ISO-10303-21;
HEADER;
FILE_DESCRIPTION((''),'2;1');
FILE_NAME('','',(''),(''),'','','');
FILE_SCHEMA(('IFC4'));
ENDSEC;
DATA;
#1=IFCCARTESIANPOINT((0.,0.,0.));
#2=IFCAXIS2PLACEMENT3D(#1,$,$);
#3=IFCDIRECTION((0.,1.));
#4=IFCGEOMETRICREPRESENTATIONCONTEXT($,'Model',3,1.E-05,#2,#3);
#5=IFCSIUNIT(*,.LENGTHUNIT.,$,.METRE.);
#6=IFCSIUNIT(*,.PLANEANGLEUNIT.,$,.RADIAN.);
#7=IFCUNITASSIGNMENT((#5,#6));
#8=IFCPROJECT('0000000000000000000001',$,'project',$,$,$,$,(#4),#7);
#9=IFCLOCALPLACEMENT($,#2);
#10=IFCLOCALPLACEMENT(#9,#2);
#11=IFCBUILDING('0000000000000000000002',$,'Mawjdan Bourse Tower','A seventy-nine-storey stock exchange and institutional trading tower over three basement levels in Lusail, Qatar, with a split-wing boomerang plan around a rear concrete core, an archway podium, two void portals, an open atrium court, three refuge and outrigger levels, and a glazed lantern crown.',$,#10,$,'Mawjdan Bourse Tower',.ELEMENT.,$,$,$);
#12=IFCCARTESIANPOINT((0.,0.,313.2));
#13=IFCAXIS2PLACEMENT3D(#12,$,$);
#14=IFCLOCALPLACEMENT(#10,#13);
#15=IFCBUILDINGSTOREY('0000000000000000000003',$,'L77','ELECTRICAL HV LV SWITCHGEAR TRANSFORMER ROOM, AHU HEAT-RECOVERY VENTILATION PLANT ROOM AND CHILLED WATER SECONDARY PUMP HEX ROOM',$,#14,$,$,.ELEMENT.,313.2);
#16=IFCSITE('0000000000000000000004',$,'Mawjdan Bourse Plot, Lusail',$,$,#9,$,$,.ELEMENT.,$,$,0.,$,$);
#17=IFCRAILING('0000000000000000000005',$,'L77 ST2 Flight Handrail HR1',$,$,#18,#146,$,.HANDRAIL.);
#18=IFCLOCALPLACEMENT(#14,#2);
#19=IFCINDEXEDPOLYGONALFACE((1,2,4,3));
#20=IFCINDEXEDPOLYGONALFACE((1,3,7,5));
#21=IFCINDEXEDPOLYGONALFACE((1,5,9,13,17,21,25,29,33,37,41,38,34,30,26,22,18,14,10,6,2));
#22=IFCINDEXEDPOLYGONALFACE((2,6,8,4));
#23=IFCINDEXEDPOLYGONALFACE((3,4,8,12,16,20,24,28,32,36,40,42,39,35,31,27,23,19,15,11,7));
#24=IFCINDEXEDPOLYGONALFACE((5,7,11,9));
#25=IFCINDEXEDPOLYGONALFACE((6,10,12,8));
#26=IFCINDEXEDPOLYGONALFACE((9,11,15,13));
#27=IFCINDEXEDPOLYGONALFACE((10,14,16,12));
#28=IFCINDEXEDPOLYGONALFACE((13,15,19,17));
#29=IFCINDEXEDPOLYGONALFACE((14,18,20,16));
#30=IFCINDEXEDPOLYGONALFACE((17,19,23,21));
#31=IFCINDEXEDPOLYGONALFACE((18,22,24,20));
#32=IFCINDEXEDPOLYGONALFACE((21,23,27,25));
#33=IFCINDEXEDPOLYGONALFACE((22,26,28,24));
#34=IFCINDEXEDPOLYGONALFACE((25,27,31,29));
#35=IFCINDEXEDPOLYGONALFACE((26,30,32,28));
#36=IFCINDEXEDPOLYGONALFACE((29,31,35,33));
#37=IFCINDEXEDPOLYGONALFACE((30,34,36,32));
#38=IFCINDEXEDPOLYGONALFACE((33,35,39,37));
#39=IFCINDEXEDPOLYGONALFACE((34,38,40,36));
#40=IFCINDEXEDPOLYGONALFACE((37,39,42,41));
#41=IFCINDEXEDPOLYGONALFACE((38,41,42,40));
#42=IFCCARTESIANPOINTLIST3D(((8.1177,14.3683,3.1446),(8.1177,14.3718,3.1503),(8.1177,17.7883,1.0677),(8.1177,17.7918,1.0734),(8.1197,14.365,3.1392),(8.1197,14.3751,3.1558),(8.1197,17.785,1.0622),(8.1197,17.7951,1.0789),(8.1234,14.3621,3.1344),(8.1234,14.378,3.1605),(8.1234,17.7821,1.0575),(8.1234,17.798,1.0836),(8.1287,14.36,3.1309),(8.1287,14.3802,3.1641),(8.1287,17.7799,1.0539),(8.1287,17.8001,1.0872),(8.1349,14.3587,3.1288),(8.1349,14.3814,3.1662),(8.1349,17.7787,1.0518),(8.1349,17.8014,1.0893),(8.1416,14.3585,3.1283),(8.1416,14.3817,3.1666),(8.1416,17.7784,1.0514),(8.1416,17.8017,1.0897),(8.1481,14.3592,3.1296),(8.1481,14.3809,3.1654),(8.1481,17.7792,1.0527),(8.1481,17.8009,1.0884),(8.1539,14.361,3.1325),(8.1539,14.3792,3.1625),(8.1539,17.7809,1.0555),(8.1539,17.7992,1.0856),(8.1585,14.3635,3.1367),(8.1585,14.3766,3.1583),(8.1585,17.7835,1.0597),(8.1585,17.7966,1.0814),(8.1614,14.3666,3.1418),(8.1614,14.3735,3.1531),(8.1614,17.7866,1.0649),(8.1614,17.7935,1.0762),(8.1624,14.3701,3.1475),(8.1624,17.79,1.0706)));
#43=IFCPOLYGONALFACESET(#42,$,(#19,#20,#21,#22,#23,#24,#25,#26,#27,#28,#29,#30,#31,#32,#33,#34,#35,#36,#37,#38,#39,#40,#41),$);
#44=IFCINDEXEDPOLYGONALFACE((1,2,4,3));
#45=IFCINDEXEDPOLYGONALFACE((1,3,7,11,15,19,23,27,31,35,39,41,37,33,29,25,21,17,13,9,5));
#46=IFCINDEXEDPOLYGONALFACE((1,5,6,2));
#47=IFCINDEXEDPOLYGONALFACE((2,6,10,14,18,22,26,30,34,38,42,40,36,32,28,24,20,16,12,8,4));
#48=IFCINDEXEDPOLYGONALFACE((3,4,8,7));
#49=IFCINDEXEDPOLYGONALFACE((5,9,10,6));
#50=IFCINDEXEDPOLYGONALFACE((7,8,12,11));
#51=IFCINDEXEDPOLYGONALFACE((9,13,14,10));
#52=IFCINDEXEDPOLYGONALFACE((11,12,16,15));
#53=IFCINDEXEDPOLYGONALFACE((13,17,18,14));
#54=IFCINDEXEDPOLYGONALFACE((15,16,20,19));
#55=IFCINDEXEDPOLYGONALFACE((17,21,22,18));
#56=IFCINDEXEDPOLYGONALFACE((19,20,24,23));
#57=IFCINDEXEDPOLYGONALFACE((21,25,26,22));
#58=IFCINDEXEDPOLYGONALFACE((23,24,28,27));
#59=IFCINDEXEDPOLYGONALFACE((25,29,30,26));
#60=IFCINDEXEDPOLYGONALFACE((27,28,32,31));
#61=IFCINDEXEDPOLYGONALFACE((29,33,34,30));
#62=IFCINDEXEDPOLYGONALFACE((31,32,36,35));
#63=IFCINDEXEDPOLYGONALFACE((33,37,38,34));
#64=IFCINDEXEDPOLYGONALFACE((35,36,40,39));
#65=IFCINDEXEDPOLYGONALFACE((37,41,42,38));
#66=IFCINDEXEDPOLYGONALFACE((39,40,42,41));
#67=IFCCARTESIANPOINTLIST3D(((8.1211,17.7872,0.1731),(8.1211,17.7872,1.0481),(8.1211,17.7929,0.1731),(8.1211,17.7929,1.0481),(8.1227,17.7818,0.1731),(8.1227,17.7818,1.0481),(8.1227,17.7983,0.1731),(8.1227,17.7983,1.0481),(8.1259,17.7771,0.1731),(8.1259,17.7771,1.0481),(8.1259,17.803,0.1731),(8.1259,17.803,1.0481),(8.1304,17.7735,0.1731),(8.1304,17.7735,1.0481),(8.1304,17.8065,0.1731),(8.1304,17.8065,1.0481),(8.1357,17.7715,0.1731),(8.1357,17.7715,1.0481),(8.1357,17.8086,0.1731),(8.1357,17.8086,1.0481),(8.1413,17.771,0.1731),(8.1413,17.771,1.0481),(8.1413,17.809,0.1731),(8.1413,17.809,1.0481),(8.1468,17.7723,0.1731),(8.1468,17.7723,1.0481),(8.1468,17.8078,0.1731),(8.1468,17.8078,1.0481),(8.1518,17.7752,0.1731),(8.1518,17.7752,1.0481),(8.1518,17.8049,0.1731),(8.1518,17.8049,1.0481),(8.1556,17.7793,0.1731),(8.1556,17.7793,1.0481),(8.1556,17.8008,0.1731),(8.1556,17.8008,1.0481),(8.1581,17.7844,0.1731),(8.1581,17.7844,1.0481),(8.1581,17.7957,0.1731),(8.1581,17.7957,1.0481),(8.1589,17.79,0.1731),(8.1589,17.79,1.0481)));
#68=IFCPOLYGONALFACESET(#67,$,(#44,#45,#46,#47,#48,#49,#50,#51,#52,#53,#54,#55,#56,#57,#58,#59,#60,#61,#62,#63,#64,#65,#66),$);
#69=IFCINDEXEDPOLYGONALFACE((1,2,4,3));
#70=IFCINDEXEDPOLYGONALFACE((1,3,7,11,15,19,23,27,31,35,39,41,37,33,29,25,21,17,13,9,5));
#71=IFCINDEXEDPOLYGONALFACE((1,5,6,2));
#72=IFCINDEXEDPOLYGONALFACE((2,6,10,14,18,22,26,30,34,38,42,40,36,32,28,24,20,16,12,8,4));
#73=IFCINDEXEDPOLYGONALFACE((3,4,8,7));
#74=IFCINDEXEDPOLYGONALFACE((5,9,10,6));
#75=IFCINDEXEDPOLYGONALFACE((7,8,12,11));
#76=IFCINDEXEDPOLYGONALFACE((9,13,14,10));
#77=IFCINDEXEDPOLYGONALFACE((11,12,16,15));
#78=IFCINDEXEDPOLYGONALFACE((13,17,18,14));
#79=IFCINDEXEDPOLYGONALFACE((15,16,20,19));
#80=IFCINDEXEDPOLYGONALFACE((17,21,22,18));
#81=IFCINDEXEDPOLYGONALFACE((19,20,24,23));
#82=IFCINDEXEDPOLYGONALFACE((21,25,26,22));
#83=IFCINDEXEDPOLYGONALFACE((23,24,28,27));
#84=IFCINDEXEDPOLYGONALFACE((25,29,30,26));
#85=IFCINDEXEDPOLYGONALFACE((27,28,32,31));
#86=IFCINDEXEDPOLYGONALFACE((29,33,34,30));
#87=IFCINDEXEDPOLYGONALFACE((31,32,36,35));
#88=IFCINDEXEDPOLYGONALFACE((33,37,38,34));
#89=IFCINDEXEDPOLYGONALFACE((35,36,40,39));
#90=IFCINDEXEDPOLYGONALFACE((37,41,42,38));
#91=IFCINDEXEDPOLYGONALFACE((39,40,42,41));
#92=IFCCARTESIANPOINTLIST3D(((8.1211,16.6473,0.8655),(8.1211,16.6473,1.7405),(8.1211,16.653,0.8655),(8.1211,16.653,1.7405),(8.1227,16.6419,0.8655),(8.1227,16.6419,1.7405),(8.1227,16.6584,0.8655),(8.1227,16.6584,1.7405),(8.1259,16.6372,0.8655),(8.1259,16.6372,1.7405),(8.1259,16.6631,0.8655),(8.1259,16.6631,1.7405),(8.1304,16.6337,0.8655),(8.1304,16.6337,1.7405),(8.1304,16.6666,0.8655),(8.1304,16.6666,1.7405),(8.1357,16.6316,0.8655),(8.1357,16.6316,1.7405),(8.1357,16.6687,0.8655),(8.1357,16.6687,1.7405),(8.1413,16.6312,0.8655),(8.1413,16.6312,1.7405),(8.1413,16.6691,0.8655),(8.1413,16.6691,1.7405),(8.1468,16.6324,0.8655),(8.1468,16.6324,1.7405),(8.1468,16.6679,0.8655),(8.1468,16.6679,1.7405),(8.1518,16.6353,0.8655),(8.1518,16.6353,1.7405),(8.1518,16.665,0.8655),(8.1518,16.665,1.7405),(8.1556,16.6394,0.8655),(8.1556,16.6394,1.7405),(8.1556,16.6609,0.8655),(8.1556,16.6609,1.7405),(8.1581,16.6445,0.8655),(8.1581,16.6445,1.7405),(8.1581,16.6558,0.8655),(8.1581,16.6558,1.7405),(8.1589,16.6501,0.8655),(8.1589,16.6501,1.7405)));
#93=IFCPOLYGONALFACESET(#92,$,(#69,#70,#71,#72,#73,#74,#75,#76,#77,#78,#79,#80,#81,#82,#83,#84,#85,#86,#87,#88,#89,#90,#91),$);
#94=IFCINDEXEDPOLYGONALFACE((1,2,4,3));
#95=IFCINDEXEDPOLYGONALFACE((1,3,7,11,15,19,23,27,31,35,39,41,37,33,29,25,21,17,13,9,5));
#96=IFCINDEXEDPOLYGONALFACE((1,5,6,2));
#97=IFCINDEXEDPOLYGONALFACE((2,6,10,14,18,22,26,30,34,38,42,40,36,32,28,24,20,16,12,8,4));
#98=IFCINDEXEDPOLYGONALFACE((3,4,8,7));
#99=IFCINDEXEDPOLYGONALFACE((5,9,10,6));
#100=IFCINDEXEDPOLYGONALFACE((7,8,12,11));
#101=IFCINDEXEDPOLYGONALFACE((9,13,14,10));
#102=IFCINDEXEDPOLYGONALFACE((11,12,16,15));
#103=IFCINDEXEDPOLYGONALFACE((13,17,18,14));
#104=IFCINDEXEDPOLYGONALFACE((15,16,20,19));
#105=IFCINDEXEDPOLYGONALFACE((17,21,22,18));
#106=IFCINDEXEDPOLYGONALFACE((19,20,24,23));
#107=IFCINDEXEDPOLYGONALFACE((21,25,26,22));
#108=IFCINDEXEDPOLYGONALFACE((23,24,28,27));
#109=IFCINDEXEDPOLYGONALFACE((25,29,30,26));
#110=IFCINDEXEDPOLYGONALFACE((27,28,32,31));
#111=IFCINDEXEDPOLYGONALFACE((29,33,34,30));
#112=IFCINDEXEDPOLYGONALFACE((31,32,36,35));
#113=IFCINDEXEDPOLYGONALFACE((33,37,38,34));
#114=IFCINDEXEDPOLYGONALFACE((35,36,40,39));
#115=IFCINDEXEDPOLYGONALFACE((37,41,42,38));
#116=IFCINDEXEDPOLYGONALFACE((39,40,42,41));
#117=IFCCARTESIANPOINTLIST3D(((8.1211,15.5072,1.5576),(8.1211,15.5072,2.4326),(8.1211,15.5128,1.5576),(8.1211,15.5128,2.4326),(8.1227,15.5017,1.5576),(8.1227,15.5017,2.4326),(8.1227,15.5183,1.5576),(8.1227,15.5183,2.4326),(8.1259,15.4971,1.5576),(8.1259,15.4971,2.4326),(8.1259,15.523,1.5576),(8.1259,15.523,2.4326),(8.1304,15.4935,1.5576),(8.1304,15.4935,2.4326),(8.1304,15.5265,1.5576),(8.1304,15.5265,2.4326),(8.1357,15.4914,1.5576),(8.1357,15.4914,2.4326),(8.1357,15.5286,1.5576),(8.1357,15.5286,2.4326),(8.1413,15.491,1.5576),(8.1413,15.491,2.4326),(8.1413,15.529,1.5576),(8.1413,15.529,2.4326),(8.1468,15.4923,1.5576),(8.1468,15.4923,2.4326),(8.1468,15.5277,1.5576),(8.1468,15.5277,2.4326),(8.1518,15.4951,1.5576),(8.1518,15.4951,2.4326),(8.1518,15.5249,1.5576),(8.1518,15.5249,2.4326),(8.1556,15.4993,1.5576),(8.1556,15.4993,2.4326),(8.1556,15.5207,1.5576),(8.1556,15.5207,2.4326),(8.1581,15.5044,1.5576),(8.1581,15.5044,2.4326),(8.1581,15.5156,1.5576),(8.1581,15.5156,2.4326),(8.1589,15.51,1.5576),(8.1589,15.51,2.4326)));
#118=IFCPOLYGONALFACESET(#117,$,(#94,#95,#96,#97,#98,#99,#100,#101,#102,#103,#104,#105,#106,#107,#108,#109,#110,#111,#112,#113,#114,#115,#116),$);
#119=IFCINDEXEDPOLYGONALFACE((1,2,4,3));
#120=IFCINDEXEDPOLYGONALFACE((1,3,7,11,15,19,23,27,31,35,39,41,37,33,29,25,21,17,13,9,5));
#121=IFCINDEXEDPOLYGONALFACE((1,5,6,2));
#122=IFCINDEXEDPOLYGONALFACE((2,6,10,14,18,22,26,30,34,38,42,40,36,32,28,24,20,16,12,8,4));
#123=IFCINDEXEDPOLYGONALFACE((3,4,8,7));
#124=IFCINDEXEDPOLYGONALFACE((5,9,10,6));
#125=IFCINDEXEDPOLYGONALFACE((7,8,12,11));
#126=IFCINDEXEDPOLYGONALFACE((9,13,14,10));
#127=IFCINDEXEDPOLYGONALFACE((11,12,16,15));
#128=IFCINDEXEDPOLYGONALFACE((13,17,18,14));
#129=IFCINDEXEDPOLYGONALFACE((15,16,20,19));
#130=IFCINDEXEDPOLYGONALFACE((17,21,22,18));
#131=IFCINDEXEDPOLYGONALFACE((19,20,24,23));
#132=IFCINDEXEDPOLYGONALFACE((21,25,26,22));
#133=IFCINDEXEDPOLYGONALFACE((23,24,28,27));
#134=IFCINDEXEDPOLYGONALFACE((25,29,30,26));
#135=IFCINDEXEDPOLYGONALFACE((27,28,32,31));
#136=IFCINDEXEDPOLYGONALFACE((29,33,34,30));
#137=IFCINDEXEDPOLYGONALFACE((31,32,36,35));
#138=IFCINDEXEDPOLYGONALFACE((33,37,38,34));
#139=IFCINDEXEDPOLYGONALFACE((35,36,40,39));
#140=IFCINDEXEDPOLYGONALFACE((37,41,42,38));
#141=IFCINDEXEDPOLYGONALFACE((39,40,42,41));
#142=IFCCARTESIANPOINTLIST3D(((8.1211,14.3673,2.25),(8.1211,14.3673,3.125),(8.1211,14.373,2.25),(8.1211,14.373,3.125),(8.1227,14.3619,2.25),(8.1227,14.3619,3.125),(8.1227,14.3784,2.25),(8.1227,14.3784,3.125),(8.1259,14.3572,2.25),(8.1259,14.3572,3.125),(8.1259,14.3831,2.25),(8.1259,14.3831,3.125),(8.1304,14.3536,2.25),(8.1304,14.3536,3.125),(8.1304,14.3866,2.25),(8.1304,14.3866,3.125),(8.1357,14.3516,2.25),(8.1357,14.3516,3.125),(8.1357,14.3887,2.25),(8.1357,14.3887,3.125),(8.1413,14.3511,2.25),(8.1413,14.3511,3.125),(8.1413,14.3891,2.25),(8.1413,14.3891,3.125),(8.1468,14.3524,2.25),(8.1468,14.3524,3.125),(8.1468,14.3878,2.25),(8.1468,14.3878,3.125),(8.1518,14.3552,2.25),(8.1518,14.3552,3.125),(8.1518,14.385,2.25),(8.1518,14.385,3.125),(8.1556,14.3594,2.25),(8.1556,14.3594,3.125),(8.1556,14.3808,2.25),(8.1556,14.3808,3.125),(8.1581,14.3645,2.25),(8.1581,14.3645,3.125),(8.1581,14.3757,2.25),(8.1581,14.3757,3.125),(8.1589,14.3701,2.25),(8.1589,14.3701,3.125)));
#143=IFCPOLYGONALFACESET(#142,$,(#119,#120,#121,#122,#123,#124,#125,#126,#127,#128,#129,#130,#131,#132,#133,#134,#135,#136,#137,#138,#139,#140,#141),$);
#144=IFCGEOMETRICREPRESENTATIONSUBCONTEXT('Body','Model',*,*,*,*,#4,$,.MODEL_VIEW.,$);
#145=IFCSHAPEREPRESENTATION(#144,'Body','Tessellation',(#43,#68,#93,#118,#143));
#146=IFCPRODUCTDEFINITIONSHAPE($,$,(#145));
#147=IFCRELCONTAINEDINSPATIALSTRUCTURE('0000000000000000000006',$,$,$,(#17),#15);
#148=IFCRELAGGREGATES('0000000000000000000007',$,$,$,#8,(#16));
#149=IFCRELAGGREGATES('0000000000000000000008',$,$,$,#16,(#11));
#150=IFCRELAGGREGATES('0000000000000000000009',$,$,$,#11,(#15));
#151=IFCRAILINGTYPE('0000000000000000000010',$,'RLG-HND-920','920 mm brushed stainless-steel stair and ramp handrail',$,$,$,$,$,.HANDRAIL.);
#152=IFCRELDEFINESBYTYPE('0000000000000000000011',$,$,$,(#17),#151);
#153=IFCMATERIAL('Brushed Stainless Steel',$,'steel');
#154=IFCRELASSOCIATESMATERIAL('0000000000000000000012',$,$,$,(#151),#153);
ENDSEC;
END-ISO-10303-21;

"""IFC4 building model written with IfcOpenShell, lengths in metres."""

from ifc_helpers import new_model, si_unit, direction, frame, origin, origin_2d, place, context, subcontext, project, spatial, circle, extrude, material, type_object, element, save


model = new_model("IFC4")

# Units and contexts
model_context = context("Model", 3, precision=1e-05, world=origin(), true_north=direction((0.0, 1.0)))
body_context = subcontext(model_context, "Body", "Model", "MODEL_VIEW")
ifc_project = project(units=[si_unit("LENGTHUNIT", "METRE"), si_unit("PLANEANGLEUNIT", "RADIAN")], contexts=[model_context])

# Site, building, storey
site_placement = place(None, origin())
site = spatial("IfcSite", under=ifc_project, at=site_placement, Name="Mawjdan Bourse Plot, Lusail", CompositionType="ELEMENT", RefElevation=0.0)
building_placement = place(site_placement, origin())
building = spatial("IfcBuilding", under=site, at=building_placement, Name="Mawjdan Bourse Tower", Description="A seventy-nine-storey stock exchange and institutional trading tower over three basement levels in Lusail, Qatar, with a split-wing boomerang plan around a rear concrete core, an archway podium, two void portals, an open atrium court, three refuge and outrigger levels, and a glazed lantern crown.", LongName="Mawjdan Bourse Tower", CompositionType="ELEMENT")
storey_placement = place(building_placement, frame((0.0, 0.0, 313.2)))
storey = spatial("IfcBuildingStorey", under=building, at=storey_placement, Name="L77", Description="ELECTRICAL HV LV SWITCHGEAR TRANSFORMER ROOM, AHU HEAT-RECOVERY VENTILATION PLANT ROOM AND CHILLED WATER SECONDARY PUMP HEX ROOM", CompositionType="ELEMENT", Elevation=313.2)

# Railing
ifc_material_1 = material(Name="Brushed Stainless Steel", Category="steel")
railing_type_1 = type_object("IfcRailingType", Name="RLG-HND-920", Description="920 mm brushed stainless-steel stair and ramp handrail", PredefinedType="HANDRAIL", material=ifc_material_1)
railing_1_placement = place(storey_placement, frame((8.1399, 17.79, 0.1731)))
element("IfcRailing", 1, at=railing_1_placement, inside=storey, type_object=railing_type_1, Name="L77 ST2 Flight Handrail HR1", PredefinedType="HANDRAIL", context=body_context, shape_type="SweptSolid", body=[
    extrude(circle(Radius=0.0225, at=origin_2d()), frame((0.0, 0.0, 0.8975), z_axis=(0.0, -0.85473, 0.519074), x_axis=(1.0, 0.0, 0.0)), (0.0, 0.0, 1.0), 4.0012),
    extrude(circle(Radius=0.019, at=origin_2d()), origin(), (0.0, 0.0, 1.0), 0.875),
    extrude(circle(Radius=0.019, at=origin_2d()), frame((0.0, -1.1399, 0.6924)), (0.0, 0.0, 1.0), 0.875),
    extrude(circle(Radius=0.019, at=origin_2d()), frame((0.0, -2.28, 1.3845)), (0.0, 0.0, 1.0), 0.875),
    extrude(circle(Radius=0.019, at=origin_2d()), frame((0.0, -3.4199, 2.0769)), (0.0, 0.0, 1.0), 0.875),
])

save(model, "model.ifc")
